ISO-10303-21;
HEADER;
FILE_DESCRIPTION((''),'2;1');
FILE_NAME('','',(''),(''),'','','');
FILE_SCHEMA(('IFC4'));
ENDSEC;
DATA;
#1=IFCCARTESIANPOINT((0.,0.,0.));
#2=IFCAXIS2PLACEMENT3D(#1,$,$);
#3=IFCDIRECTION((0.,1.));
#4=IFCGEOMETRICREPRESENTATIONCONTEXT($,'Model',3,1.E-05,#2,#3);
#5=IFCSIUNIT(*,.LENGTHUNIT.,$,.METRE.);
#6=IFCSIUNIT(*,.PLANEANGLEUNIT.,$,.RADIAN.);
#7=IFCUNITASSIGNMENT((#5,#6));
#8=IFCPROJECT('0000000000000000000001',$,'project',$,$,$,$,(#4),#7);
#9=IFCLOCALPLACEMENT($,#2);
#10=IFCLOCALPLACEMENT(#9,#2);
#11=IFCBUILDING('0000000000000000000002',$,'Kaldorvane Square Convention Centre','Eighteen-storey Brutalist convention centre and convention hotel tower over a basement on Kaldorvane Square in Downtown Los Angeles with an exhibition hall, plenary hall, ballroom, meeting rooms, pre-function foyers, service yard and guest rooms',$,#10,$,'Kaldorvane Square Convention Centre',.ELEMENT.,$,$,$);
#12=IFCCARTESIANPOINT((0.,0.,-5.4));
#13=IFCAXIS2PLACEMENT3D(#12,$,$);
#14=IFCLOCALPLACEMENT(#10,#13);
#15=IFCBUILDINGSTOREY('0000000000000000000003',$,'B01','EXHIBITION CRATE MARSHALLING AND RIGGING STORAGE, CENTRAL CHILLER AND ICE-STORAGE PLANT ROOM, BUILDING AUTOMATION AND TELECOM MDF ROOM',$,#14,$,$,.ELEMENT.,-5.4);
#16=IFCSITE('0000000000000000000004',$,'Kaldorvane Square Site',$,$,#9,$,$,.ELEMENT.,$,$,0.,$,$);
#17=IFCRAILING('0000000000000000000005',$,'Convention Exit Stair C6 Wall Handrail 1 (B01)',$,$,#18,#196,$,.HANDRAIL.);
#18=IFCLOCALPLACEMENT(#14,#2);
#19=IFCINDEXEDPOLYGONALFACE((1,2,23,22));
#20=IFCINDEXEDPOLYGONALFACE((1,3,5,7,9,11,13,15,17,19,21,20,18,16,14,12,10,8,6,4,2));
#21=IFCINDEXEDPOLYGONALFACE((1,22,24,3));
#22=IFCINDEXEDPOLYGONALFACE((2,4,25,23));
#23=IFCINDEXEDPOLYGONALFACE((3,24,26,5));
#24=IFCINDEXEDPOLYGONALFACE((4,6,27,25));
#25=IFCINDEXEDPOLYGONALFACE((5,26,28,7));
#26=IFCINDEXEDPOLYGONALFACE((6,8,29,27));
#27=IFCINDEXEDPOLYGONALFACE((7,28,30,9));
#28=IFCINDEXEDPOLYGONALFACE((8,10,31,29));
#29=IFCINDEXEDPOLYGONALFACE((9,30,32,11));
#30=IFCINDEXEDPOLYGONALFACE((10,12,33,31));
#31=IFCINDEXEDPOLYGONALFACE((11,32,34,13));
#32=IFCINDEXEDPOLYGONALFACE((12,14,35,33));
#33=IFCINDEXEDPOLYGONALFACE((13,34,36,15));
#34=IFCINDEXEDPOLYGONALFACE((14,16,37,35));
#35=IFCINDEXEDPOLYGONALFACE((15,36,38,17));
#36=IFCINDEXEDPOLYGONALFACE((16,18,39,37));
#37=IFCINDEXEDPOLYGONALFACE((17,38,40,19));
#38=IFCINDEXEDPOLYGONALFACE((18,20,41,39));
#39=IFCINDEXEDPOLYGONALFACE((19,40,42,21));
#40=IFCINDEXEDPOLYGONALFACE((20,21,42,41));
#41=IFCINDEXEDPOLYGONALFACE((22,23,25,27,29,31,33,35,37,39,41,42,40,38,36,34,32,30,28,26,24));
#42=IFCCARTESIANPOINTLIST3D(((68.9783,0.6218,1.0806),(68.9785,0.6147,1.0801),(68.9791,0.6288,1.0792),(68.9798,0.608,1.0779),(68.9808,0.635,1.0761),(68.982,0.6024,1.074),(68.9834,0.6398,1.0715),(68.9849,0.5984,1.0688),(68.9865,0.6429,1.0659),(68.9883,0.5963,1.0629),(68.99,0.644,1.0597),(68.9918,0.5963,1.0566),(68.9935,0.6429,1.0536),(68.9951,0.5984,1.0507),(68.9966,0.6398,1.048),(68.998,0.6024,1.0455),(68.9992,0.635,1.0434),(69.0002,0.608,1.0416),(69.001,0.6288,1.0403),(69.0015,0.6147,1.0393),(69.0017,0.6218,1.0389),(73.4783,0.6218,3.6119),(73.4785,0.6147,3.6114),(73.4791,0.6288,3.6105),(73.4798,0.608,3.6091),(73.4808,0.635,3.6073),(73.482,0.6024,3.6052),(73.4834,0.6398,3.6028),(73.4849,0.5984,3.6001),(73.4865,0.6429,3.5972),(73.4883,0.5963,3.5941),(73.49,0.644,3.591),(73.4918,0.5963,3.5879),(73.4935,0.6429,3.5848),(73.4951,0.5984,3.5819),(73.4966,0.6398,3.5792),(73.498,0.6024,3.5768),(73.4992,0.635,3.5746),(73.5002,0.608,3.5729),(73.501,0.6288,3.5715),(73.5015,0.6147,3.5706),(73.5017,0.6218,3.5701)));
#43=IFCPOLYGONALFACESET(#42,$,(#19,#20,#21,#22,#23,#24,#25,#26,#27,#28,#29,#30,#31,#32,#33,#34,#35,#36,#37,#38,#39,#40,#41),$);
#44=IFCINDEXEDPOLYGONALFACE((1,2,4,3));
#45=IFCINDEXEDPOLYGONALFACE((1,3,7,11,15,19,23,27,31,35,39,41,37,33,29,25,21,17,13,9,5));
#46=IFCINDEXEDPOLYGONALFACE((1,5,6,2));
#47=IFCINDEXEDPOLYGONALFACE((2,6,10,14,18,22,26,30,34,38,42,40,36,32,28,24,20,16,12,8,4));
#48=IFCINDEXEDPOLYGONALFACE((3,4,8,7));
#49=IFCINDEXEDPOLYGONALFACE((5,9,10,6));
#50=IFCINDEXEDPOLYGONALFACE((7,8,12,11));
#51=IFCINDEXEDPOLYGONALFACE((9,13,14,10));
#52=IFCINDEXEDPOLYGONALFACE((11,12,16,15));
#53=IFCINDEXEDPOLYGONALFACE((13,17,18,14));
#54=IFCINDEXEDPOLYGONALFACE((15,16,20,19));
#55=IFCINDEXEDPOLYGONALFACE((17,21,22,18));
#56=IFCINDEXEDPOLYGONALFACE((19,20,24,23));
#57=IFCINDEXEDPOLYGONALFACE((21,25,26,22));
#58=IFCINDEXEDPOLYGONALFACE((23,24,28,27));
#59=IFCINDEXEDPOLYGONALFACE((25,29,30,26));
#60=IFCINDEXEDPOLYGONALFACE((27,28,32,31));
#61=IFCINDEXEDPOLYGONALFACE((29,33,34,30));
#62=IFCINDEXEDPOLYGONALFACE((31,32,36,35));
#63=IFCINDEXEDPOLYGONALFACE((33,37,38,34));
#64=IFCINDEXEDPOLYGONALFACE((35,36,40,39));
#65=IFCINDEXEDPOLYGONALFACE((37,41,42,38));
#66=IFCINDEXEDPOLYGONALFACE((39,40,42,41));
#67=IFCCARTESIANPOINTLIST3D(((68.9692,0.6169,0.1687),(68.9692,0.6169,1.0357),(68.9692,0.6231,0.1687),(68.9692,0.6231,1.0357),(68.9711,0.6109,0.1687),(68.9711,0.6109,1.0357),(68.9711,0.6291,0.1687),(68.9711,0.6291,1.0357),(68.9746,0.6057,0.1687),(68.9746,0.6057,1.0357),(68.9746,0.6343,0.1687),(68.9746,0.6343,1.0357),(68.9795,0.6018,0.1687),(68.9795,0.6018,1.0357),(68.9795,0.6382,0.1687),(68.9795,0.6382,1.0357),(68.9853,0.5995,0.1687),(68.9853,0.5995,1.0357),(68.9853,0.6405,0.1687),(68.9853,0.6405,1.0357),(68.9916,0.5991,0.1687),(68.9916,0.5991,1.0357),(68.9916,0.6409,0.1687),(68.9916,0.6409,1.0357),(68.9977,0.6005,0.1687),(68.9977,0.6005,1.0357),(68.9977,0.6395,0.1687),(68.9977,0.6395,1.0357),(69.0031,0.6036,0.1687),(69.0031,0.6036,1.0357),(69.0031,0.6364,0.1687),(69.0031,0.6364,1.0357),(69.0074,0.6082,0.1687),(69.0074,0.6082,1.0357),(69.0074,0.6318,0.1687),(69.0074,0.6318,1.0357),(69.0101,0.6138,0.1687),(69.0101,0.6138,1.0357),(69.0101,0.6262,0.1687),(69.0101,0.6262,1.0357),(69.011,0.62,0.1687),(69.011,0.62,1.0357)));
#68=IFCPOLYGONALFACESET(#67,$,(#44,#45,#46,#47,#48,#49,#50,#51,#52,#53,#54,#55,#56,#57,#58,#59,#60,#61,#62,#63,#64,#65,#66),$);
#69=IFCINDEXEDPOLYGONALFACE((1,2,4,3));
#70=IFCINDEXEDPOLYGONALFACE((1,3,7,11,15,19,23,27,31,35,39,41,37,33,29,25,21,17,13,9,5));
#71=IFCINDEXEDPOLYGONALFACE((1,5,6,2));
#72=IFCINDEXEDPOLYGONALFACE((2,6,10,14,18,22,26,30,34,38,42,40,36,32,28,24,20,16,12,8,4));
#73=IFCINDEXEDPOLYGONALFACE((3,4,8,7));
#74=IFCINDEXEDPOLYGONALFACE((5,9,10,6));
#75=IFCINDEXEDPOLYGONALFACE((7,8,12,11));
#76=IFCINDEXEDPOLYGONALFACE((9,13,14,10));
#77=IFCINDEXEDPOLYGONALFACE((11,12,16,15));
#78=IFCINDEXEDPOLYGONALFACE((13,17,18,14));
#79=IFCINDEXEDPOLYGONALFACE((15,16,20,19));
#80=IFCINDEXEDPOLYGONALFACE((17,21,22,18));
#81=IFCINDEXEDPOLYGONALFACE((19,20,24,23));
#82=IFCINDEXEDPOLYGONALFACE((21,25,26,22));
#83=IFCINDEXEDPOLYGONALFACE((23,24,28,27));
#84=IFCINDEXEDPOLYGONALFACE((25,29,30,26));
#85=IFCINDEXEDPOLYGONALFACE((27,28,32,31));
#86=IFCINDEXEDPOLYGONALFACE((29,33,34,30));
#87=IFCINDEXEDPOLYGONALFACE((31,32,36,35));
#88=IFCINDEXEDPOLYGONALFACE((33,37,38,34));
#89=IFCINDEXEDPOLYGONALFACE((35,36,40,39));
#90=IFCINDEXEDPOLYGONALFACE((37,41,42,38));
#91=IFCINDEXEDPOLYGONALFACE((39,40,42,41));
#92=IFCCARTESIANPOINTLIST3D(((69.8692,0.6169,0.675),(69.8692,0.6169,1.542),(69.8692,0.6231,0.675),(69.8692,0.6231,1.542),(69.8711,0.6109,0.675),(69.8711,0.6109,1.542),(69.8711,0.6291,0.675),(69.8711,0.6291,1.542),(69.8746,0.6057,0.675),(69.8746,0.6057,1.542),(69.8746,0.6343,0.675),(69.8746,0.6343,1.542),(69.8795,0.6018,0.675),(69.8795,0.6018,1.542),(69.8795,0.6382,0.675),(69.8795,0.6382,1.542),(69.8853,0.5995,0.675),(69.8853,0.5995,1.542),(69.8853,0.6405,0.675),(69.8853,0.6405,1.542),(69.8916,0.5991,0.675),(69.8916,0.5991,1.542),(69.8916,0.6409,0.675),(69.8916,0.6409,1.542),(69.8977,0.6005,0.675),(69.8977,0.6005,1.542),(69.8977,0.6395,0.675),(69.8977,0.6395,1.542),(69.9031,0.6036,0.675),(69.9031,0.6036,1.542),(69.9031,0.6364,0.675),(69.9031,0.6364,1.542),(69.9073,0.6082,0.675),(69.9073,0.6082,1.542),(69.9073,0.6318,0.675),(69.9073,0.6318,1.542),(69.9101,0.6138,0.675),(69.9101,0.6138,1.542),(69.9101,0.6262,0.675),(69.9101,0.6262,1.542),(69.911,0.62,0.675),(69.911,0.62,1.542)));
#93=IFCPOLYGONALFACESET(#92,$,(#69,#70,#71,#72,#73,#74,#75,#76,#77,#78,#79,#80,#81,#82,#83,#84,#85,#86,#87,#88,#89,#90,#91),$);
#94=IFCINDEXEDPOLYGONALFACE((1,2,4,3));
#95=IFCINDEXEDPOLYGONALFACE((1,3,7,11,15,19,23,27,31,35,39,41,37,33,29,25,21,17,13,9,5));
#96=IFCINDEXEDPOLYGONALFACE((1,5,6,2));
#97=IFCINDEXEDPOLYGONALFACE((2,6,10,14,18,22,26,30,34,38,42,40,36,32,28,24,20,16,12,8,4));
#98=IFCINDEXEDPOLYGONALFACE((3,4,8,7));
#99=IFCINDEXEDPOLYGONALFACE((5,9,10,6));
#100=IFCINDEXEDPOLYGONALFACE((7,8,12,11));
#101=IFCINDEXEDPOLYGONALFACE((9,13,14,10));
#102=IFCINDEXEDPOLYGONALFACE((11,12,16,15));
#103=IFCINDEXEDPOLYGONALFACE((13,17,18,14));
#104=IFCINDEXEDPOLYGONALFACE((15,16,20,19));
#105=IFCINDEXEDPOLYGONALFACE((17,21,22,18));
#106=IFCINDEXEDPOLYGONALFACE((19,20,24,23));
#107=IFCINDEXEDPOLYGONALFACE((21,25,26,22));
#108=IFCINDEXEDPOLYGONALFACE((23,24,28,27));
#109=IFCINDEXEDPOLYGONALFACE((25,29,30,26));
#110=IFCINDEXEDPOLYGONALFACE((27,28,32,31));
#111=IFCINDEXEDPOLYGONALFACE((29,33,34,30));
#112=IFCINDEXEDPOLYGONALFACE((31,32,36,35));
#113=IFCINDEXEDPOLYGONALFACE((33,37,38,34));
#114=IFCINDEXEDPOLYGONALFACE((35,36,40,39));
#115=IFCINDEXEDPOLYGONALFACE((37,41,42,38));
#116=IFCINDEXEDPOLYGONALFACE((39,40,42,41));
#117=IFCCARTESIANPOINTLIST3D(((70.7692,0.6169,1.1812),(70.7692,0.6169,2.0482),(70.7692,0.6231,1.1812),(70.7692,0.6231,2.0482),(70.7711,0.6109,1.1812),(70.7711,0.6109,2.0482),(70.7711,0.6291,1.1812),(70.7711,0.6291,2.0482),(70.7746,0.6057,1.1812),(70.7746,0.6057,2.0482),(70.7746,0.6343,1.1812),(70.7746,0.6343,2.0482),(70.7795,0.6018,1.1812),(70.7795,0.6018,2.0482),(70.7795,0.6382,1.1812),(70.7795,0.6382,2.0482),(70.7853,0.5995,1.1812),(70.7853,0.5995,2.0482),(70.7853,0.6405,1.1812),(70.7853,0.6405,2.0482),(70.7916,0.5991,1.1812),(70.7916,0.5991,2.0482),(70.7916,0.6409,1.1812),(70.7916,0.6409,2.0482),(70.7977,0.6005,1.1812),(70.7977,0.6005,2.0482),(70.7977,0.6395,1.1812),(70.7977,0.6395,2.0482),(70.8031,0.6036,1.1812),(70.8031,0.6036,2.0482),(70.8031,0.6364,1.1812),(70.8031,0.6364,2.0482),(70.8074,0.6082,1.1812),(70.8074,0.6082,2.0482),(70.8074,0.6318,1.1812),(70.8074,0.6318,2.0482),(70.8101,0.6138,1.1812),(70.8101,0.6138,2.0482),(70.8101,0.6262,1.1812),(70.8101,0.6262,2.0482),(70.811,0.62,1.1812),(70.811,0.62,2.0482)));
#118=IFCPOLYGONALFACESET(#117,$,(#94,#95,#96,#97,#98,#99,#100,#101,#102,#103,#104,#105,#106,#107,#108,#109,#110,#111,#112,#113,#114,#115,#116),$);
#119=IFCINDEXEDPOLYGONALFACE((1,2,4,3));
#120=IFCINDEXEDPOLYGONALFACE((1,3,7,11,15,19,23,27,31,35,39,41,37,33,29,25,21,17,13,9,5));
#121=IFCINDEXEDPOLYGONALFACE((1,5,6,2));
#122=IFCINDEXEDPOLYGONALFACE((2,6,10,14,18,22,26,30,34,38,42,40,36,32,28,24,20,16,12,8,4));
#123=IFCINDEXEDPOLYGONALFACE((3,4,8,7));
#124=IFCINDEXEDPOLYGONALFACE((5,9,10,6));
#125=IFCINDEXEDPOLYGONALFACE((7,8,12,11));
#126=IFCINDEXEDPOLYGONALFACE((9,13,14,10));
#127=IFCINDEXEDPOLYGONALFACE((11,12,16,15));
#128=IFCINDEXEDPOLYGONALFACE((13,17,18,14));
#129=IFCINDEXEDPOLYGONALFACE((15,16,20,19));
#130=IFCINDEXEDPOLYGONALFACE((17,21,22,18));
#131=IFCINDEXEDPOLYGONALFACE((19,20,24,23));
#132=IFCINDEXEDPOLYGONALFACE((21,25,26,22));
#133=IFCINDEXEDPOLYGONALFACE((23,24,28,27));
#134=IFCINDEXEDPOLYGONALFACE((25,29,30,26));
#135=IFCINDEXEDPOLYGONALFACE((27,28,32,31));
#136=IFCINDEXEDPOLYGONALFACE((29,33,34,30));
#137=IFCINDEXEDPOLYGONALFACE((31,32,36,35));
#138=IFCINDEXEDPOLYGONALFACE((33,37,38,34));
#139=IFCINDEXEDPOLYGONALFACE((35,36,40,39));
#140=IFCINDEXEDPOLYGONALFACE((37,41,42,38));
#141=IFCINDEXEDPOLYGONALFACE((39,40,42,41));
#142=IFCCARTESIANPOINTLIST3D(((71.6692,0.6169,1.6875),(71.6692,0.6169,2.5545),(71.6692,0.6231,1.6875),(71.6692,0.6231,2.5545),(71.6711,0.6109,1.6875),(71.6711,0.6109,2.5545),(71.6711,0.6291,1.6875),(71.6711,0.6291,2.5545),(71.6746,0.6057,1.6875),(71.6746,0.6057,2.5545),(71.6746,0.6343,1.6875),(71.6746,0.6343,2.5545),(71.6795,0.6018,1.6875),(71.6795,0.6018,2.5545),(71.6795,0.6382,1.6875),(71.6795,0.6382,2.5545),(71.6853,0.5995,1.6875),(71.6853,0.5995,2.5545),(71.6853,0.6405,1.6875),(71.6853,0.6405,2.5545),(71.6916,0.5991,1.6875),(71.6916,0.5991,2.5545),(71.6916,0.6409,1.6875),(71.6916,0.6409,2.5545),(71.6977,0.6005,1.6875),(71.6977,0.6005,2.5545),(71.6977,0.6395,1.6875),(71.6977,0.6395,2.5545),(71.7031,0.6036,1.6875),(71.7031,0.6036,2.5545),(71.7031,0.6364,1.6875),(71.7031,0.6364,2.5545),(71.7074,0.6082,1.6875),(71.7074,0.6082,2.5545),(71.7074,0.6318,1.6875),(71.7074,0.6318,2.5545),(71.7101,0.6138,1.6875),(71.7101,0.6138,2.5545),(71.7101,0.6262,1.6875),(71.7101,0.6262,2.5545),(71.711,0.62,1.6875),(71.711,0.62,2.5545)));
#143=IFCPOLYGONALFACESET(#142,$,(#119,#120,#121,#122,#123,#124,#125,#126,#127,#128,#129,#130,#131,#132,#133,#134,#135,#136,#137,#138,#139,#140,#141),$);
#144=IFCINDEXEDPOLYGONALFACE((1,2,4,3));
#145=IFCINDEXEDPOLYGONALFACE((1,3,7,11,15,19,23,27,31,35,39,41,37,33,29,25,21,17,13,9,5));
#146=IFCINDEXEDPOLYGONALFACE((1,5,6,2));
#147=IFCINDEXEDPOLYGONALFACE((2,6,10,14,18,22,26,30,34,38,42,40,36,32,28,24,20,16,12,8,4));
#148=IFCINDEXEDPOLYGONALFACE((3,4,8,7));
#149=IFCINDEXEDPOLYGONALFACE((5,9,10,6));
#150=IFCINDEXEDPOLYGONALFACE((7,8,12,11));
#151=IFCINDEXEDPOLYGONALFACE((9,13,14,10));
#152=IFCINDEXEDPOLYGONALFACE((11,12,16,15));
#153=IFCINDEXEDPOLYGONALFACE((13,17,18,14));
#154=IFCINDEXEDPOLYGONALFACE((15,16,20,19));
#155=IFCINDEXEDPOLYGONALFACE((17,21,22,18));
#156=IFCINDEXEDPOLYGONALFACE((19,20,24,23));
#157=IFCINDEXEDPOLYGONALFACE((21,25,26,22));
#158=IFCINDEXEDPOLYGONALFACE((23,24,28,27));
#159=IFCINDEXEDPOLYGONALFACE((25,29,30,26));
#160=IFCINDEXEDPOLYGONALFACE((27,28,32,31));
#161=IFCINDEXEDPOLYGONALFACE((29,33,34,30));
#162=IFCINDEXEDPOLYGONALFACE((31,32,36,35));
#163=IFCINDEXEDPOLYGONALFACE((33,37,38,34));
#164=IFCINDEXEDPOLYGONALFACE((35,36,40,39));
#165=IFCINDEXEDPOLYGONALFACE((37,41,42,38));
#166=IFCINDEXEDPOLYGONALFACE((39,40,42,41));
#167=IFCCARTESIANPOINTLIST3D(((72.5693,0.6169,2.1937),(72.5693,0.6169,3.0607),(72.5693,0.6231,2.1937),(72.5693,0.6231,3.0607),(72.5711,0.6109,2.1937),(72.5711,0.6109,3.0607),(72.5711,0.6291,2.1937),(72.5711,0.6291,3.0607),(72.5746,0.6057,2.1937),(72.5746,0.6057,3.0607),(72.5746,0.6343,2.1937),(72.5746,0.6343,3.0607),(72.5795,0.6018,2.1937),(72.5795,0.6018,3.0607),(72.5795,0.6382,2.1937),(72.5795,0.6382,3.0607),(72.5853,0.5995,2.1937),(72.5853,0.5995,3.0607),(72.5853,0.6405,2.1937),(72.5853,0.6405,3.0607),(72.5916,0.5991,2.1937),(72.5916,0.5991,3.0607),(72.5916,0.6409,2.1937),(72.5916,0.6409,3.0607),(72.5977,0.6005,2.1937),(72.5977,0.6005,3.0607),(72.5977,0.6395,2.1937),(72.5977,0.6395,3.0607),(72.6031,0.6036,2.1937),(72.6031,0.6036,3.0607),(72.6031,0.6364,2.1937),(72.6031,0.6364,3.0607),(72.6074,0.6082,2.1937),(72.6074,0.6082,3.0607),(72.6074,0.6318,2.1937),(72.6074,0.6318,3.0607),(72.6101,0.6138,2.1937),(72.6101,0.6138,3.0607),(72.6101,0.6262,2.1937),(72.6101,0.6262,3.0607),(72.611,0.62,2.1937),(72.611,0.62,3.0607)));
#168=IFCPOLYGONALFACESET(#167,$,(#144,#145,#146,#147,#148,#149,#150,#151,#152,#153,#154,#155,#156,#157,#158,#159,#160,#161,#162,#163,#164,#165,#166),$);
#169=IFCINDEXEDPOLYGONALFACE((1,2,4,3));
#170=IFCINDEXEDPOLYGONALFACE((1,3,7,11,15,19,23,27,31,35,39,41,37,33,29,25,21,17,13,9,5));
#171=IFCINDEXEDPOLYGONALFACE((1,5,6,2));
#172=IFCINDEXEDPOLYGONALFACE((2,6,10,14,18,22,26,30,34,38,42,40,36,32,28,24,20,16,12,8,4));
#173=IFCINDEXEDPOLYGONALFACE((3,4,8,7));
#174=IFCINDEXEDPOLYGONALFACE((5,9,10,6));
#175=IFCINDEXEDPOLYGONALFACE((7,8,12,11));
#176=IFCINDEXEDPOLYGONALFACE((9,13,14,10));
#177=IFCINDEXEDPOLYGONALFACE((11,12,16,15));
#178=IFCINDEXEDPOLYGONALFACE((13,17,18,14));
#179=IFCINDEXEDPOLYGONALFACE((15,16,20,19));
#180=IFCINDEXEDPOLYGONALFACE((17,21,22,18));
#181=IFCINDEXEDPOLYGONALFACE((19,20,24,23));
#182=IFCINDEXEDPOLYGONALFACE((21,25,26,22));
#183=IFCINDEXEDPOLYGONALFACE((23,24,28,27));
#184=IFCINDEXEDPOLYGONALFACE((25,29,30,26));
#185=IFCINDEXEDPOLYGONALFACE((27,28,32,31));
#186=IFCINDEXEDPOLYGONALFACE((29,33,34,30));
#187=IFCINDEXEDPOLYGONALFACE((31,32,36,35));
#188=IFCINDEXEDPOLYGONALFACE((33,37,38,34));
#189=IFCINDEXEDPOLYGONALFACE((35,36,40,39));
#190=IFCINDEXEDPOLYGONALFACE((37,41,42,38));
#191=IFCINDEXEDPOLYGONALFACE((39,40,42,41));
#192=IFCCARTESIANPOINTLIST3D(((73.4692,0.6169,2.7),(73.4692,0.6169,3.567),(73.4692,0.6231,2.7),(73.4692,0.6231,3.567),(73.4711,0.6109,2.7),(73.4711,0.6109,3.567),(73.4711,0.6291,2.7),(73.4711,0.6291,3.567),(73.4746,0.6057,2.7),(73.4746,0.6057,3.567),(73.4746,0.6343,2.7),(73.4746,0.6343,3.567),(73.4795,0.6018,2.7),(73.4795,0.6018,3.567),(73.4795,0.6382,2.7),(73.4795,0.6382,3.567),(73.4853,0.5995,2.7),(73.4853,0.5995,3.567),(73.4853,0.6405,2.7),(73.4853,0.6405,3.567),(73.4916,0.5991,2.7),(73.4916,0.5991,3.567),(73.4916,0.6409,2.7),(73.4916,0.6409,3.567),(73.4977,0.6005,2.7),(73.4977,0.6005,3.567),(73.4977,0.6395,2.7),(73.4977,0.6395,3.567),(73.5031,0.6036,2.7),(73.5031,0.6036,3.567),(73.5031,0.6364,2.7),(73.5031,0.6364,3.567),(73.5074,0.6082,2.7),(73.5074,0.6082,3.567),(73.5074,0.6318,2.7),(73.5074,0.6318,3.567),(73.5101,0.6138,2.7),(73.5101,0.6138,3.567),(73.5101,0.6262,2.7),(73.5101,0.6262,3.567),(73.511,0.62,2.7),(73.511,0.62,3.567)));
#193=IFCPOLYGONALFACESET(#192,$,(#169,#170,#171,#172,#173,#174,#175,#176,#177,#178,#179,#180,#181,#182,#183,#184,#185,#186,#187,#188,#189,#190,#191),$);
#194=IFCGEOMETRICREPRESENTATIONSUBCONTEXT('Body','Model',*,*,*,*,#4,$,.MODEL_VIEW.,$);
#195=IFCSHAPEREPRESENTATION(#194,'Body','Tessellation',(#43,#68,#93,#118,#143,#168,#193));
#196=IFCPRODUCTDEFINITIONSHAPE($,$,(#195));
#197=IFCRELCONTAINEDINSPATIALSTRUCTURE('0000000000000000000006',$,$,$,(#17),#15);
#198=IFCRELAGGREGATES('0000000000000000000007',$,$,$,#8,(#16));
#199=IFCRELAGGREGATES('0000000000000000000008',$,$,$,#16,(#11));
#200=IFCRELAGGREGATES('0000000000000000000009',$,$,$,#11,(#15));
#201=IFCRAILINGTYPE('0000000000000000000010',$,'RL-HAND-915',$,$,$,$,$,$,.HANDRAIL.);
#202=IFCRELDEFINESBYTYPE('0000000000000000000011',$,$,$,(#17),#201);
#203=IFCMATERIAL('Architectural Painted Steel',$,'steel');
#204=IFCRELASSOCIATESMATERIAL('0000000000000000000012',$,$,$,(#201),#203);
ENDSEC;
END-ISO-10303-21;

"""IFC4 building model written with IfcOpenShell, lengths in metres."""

from ifc_helpers import new_model, si_unit, direction, frame, origin, origin_2d, place, context, subcontext, project, spatial, circle, extrude, material, type_object, element, save


model = new_model("IFC4")

# Units and contexts
model_context = context("Model", 3, precision=1e-05, world=origin(), true_north=direction((0.0, 1.0)))
body_context = subcontext(model_context, "Body", "Model", "MODEL_VIEW")
ifc_project = project(units=[si_unit("LENGTHUNIT", "METRE"), si_unit("PLANEANGLEUNIT", "RADIAN")], contexts=[model_context])

# Site, building, storey
site_placement = place(None, origin())
site = spatial("IfcSite", under=ifc_project, at=site_placement, Name="Kaldorvane Square Site", CompositionType="ELEMENT", RefElevation=0.0)
building_placement = place(site_placement, origin())
building = spatial("IfcBuilding", under=site, at=building_placement, Name="Kaldorvane Square Convention Centre", Description="Eighteen-storey Brutalist convention centre and convention hotel tower over a basement on Kaldorvane Square in Downtown Los Angeles with an exhibition hall, plenary hall, ballroom, meeting rooms, pre-function foyers, service yard and guest rooms", LongName="Kaldorvane Square Convention Centre", CompositionType="ELEMENT")
storey_placement = place(building_placement, frame((0.0, 0.0, -5.4)))
storey = spatial("IfcBuildingStorey", under=building, at=storey_placement, Name="B01", Description="EXHIBITION CRATE MARSHALLING AND RIGGING STORAGE, CENTRAL CHILLER AND ICE-STORAGE PLANT ROOM, BUILDING AUTOMATION AND TELECOM MDF ROOM", CompositionType="ELEMENT", Elevation=-5.4)

# Railing
ifc_material_1 = material(Name="Architectural Painted Steel", Category="steel")
railing_type_1 = type_object("IfcRailingType", Name="RL-HAND-915", PredefinedType="HANDRAIL", material=ifc_material_1)
railing_1_placement = place(storey_placement, frame((68.99, 0.62, 0.1687)))
element("IfcRailing", 1, at=railing_1_placement, inside=storey, type_object=railing_type_1, Name="Convention Exit Stair C6 Wall Handrail 1 (B01)", PredefinedType="HANDRAIL", context=body_context, shape_type="SweptSolid", body=[
    extrude(circle(Radius=0.024, at=origin_2d()), frame((0.0, 0.0, 0.891), z_axis=(0.871576, 0.0, 0.490261), x_axis=(0.0, 1.0, 0.0)), (0.0, 0.0, 1.0), 5.1631),
    extrude(circle(Radius=0.021, at=origin_2d()), origin(), (0.0, 0.0, 1.0), 0.867),
    extrude(circle(Radius=0.021, at=origin_2d()), frame((0.9, 0.0, 0.5063)), (0.0, 0.0, 1.0), 0.867),
    extrude(circle(Radius=0.021, at=origin_2d()), frame((1.8, 0.0, 1.0125)), (0.0, 0.0, 1.0), 0.867),
    extrude(circle(Radius=0.021, at=origin_2d()), frame((2.7, 0.0, 1.5188)), (0.0, 0.0, 1.0), 0.867),
    extrude(circle(Radius=0.021, at=origin_2d()), frame((3.6, 0.0, 2.025)), (0.0, 0.0, 1.0), 0.867),
    extrude(circle(Radius=0.021, at=origin_2d()), frame((4.5, 0.0, 2.5312)), (0.0, 0.0, 1.0), 0.867),
])

save(model, "model.ifc")
